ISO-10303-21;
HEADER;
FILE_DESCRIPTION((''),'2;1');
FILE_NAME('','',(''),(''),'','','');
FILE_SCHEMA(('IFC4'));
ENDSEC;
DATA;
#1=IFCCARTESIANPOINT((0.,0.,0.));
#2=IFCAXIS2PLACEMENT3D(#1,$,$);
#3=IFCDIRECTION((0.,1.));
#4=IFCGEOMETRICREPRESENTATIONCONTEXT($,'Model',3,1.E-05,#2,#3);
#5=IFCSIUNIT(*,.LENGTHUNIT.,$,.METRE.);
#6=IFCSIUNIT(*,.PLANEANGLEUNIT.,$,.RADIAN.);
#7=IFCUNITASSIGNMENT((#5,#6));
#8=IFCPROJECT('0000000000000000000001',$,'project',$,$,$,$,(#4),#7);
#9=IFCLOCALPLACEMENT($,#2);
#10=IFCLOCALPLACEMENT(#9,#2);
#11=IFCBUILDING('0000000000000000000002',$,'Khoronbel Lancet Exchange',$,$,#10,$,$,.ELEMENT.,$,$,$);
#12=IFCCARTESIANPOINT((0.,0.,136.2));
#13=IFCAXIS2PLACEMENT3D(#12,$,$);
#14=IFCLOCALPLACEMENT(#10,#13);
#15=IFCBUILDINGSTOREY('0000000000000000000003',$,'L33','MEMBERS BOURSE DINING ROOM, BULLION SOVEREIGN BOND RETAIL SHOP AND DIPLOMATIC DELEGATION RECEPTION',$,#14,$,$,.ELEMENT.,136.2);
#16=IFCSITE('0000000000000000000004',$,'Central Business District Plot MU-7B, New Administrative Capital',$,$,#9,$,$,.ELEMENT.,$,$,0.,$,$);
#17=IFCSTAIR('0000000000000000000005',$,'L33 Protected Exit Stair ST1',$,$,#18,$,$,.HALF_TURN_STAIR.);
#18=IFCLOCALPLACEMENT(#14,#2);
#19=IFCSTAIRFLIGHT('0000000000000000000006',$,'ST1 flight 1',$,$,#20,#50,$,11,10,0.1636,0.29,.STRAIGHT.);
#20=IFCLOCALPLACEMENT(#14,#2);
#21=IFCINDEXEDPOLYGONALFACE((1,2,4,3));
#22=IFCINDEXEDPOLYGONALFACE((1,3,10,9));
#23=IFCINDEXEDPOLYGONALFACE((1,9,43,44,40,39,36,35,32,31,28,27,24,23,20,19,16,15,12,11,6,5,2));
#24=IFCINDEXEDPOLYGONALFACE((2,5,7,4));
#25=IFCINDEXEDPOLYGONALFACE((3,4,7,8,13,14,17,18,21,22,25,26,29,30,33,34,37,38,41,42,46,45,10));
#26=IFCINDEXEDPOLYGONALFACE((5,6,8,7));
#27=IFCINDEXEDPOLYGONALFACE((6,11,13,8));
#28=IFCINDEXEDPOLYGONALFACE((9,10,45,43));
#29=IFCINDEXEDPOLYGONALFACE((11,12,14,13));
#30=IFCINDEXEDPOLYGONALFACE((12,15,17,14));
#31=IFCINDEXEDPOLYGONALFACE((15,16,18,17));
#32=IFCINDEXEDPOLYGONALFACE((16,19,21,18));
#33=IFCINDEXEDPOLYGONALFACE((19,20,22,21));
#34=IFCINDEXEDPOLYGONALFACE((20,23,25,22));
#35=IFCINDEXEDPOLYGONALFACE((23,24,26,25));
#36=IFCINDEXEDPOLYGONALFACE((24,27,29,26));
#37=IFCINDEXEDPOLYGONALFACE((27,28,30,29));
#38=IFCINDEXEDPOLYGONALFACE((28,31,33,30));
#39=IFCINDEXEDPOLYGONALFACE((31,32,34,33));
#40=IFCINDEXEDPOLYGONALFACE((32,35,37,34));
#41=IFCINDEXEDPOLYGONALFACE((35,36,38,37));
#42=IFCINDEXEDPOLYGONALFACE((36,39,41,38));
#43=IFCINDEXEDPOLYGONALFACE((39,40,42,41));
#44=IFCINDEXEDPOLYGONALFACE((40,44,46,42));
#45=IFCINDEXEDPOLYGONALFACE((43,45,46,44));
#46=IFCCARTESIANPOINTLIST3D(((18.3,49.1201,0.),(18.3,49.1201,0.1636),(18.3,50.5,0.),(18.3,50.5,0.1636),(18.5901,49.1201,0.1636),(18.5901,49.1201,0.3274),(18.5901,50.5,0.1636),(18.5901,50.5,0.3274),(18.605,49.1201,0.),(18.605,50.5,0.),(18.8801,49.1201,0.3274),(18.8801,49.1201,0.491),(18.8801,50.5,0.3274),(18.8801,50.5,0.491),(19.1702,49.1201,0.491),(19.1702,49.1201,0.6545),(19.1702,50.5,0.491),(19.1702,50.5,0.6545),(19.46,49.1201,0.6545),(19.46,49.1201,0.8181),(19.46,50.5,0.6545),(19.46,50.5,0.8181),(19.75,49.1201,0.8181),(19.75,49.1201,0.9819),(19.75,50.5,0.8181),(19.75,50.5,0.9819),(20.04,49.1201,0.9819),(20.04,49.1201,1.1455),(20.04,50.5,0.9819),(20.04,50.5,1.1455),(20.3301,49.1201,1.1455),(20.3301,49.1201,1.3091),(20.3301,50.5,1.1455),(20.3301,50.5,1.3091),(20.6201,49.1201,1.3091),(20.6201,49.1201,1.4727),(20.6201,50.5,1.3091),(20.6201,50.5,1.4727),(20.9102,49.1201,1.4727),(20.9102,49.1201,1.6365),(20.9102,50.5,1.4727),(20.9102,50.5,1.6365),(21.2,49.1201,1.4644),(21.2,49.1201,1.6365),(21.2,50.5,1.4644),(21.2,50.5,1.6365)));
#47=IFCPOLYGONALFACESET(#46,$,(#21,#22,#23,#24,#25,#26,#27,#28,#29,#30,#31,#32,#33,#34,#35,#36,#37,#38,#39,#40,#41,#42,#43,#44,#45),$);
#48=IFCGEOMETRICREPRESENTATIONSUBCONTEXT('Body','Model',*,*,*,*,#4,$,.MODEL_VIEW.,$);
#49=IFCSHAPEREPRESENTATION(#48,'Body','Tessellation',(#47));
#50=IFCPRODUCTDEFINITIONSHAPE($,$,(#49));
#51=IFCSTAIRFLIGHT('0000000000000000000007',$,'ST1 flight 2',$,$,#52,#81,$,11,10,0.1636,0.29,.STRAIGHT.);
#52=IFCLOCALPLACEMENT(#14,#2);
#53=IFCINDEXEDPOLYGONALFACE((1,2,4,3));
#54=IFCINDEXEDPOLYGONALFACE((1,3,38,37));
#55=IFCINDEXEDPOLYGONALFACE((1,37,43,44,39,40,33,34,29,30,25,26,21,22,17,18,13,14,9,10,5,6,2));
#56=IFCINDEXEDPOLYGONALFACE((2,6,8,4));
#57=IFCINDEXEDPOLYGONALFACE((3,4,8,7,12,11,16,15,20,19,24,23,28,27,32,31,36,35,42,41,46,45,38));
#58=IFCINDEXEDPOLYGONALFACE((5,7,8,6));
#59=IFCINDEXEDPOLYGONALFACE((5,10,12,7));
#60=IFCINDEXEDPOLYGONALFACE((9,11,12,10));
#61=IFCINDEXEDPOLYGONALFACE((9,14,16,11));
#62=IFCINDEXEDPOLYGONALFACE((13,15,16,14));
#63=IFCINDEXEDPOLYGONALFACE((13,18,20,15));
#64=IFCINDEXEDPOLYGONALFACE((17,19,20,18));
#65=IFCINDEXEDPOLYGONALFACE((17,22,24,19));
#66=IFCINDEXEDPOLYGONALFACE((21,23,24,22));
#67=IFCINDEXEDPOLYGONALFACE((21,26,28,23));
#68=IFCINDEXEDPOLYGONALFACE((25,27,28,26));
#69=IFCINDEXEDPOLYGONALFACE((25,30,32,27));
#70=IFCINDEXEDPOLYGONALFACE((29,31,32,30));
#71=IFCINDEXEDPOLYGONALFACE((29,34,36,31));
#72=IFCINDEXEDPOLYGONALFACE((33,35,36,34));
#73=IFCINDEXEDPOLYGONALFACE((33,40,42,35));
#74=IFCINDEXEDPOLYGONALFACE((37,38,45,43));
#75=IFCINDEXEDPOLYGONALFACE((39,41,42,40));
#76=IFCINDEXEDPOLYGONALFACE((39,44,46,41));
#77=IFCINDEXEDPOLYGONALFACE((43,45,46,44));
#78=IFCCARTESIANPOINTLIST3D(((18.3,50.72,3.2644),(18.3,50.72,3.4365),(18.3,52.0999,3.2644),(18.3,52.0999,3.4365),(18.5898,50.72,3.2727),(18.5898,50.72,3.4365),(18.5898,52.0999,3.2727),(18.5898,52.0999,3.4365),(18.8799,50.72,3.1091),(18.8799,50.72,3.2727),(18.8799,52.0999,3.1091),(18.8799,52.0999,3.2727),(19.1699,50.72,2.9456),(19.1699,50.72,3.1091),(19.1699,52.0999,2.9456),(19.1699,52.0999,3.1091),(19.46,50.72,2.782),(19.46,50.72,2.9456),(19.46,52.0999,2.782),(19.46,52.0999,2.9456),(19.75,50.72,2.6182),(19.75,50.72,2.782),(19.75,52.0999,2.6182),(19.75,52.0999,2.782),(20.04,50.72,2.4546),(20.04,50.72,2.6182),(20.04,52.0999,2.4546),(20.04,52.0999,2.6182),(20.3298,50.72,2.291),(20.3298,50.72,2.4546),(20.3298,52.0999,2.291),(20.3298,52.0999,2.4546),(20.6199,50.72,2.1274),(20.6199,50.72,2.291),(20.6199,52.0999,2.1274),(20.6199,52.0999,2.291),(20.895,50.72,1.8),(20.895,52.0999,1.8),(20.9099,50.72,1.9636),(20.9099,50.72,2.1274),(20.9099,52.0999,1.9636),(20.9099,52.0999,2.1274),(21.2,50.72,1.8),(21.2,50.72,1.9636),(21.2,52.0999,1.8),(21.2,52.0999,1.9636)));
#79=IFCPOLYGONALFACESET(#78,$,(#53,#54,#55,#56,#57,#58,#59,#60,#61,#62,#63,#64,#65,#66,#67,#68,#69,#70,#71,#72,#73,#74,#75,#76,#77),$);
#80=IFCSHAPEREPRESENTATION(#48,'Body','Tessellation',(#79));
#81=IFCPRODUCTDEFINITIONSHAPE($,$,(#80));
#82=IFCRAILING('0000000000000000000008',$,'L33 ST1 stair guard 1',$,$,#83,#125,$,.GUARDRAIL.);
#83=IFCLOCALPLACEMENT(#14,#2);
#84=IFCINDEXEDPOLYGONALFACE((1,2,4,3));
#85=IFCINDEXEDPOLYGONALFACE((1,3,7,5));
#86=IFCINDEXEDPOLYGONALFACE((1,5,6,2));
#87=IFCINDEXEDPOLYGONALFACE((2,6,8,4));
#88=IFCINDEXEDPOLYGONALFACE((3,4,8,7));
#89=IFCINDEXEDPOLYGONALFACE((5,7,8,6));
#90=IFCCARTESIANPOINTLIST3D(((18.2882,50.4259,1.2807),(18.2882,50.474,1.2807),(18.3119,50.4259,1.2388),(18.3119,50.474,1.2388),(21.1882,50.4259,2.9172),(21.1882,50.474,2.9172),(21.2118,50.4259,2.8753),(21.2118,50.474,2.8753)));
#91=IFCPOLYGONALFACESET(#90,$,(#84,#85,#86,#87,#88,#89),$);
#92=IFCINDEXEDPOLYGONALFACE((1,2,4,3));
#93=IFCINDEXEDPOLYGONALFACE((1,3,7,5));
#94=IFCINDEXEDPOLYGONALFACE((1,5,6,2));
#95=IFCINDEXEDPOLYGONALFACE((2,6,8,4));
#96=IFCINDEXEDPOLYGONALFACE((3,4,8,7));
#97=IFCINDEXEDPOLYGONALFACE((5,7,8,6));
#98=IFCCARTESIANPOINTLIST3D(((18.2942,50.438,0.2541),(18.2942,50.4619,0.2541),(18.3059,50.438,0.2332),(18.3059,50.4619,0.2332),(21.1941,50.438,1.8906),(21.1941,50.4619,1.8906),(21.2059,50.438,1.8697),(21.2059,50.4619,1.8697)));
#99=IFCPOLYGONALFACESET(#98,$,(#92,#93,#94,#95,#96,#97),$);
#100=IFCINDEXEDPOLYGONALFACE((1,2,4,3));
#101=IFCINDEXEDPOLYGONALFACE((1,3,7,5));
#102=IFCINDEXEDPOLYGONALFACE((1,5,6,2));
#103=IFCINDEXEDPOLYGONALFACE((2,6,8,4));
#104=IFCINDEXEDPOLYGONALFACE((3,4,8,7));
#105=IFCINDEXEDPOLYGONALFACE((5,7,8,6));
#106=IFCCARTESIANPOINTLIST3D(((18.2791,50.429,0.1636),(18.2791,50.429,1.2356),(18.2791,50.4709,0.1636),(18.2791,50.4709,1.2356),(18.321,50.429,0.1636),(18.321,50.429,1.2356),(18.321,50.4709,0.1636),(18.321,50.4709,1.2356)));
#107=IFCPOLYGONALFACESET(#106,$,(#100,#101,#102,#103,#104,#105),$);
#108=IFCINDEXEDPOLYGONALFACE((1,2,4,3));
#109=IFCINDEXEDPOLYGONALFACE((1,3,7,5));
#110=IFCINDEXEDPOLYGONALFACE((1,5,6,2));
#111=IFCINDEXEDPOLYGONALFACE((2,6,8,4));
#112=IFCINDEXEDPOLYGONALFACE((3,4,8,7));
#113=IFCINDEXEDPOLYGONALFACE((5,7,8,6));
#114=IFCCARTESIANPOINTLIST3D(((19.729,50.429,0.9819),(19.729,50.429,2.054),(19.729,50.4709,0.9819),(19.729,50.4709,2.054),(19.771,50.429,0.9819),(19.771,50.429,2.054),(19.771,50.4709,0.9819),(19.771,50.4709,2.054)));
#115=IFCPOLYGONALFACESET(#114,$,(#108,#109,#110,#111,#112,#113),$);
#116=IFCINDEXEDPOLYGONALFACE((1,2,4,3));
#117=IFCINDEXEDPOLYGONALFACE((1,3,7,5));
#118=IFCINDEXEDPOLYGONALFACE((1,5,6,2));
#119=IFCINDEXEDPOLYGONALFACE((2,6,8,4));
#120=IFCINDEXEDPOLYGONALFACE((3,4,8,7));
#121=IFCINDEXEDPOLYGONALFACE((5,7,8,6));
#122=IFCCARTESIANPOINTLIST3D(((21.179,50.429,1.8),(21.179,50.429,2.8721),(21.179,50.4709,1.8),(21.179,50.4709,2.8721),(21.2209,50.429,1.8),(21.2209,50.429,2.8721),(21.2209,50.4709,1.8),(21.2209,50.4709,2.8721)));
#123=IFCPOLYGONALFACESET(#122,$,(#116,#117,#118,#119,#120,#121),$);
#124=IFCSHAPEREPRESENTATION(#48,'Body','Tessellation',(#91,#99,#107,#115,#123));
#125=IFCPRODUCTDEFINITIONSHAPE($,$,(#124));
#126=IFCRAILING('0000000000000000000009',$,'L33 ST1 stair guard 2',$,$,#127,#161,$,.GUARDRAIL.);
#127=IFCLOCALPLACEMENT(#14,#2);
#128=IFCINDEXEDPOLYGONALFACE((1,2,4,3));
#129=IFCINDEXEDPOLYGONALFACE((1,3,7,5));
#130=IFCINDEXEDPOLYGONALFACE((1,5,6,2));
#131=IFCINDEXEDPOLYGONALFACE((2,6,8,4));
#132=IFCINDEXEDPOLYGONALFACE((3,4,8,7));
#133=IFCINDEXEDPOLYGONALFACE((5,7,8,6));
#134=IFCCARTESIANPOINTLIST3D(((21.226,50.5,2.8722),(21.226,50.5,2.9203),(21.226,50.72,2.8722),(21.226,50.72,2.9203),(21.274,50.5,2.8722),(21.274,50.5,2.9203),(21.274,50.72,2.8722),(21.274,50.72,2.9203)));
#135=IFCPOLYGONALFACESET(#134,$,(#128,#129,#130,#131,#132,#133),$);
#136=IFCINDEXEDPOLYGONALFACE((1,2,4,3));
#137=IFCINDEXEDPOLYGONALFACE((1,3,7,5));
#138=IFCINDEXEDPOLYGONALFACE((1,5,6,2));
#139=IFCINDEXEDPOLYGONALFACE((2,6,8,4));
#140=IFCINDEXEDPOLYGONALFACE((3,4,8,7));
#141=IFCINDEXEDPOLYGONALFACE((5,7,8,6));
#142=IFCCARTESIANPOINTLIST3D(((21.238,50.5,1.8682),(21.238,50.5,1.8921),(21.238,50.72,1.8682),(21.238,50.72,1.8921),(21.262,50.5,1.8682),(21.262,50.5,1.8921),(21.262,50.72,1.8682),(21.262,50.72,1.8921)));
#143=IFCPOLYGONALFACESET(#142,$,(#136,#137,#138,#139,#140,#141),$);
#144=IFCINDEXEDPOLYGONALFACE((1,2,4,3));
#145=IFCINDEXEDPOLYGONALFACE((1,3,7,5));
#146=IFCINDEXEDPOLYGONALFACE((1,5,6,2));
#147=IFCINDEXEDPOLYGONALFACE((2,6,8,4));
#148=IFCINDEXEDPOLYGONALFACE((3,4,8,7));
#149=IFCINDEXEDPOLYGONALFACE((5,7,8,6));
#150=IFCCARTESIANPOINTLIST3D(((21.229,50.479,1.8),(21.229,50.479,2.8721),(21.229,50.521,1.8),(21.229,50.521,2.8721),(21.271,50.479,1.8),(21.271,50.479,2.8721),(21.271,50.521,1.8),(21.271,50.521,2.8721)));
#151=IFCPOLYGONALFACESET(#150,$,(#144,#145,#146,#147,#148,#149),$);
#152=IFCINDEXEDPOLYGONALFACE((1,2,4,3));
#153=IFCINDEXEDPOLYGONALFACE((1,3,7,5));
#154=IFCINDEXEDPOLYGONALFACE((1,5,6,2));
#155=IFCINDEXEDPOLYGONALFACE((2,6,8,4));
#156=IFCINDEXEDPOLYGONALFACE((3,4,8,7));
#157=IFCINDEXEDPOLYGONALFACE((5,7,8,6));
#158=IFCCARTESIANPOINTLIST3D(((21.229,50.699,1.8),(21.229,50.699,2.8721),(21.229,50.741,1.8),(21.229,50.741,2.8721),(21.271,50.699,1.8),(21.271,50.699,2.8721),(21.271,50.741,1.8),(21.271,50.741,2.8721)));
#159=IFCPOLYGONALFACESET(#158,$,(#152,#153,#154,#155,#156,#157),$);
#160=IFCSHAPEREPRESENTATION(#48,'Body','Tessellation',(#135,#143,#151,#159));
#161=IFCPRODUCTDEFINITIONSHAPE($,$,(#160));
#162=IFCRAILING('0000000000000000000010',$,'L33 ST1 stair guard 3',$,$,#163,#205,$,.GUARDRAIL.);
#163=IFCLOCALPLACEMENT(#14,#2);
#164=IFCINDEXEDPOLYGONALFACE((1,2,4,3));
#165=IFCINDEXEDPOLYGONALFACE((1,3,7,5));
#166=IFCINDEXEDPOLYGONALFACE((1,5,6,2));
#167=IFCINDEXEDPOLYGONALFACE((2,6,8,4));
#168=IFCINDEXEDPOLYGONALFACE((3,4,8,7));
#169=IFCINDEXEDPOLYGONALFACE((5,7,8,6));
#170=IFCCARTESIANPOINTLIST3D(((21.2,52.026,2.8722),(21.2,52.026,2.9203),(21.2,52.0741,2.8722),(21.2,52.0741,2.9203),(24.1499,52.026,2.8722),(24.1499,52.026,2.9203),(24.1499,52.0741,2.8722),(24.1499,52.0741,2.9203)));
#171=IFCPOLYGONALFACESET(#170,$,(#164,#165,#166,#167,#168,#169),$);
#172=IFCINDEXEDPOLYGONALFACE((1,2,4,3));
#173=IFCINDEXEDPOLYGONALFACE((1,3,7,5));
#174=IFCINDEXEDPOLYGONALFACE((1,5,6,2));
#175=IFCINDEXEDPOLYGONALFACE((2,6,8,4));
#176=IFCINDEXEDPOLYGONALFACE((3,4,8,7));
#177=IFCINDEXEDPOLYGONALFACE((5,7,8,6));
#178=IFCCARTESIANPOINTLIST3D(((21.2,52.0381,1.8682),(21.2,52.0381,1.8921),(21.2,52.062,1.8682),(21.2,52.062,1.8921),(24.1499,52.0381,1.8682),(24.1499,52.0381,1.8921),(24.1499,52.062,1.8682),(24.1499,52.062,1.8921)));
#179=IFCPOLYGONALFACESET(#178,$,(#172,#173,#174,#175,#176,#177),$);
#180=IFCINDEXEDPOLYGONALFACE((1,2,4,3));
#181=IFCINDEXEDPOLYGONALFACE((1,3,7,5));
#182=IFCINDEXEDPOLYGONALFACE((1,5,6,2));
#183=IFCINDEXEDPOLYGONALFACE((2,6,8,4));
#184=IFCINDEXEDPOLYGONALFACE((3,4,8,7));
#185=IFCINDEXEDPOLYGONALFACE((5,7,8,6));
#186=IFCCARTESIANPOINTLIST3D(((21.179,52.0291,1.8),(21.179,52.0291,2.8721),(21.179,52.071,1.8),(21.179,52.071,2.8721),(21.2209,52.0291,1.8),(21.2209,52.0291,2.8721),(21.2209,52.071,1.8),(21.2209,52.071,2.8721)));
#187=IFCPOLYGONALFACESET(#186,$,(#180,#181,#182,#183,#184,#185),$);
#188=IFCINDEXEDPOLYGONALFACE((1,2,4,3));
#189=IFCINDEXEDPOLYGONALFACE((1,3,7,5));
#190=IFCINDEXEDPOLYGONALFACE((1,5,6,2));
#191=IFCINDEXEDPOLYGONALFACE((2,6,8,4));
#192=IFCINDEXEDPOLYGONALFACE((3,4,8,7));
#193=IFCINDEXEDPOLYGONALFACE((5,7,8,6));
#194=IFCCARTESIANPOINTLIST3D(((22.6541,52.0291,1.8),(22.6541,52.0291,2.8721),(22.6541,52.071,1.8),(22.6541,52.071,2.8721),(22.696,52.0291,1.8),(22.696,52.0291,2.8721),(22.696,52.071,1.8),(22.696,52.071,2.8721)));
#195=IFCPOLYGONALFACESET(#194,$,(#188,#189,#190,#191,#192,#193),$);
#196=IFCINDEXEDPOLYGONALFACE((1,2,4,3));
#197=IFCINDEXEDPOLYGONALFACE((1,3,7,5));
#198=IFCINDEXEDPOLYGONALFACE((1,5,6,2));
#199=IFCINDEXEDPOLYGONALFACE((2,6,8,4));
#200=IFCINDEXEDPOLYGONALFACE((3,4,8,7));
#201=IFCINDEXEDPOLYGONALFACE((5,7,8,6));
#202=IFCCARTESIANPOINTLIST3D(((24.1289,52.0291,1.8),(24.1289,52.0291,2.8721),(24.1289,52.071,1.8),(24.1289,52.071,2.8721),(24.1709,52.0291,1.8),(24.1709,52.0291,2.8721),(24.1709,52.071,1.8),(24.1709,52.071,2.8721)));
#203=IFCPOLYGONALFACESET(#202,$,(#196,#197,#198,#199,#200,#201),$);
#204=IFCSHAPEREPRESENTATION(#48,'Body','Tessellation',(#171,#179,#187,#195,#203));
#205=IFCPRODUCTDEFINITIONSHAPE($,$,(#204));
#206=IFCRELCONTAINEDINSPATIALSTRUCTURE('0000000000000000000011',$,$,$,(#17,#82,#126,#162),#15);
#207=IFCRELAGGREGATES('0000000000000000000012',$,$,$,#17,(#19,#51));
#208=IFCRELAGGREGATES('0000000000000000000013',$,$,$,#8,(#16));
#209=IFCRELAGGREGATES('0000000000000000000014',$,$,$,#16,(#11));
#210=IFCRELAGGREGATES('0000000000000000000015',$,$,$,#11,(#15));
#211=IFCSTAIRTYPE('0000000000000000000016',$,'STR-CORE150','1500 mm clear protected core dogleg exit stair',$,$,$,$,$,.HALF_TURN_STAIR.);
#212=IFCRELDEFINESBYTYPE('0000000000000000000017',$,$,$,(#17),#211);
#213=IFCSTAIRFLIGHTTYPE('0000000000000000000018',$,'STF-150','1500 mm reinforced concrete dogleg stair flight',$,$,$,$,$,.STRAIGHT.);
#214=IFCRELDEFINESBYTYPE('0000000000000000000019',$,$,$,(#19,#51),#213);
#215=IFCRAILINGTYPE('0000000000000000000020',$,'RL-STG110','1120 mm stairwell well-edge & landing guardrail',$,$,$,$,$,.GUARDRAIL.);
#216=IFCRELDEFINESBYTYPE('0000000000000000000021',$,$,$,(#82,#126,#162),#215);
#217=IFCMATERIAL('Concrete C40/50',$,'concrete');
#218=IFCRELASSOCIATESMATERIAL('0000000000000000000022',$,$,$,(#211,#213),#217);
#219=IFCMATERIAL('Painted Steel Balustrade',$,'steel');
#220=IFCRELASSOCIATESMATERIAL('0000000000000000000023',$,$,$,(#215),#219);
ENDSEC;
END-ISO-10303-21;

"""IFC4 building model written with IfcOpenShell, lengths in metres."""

from ifc_helpers import new_model, si_unit, direction, frame, origin, origin_2d, place, context, subcontext, project, spatial, polyline, rectangle, outline, extrude, material, type_object, element, aggregate, save


model = new_model("IFC4")

# Units and contexts
model_context = context("Model", 3, precision=1e-05, world=origin(), true_north=direction((0.0, 1.0)))
body_context = subcontext(model_context, "Body", "Model", "MODEL_VIEW")
ifc_project = project(units=[si_unit("LENGTHUNIT", "METRE"), si_unit("PLANEANGLEUNIT", "RADIAN")], contexts=[model_context])

# Site, building, storey
site_placement = place(None, origin())
site = spatial("IfcSite", under=ifc_project, at=site_placement, Name="Central Business District Plot MU-7B, New Administrative Capital", CompositionType="ELEMENT", RefElevation=0.0)
building_placement = place(site_placement, origin())
building = spatial("IfcBuilding", under=site, at=building_placement, Name="Khoronbel Lancet Exchange", CompositionType="ELEMENT")
storey_placement = place(building_placement, frame((0.0, 0.0, 136.2)))
storey = spatial("IfcBuildingStorey", under=building, at=storey_placement, Name="L33", Description="MEMBERS BOURSE DINING ROOM, BULLION SOVEREIGN BOND RETAIL SHOP AND DIPLOMATIC DELEGATION RECEPTION", CompositionType="ELEMENT", Elevation=136.2)

# Stair, stair flights
ifc_material_1 = material(Name="Concrete C40/50", Category="concrete")
stair_type = type_object("IfcStairType", Name="STR-CORE150", Description="1500 mm clear protected core dogleg exit stair", PredefinedType="HALF_TURN_STAIR", material=ifc_material_1)
stair_placement = place(storey_placement, origin())
stair = element("IfcStair", 1, at=stair_placement, inside=storey, type_object=stair_type, Name="L33 Protected Exit Stair ST1", PredefinedType="HALF_TURN_STAIR")
stair_flight_type = type_object("IfcStairFlightType", Name="STF-150", Description="1500 mm reinforced concrete dogleg stair flight", PredefinedType="STRAIGHT", material=ifc_material_1)
stair_flight_1_placement = place(storey_placement, frame((18.3, 49.8101, 0.0), z_axis=(0.0, 0.0, 1.0), x_axis=(1.0, 0.0, 0.0)))
stair_flight_1 = element("IfcStairFlight", 2, at=stair_flight_1_placement, type_object=stair_flight_type, Name="ST1 flight 1", NumberOfRisers=11, NumberOfTreads=10, PredefinedType="STRAIGHT", RiserHeight=0.1636, TreadLength=0.29, context=body_context, shape_type="SweptSolid", body=[
    extrude(outline(polyline([(0.0, 0.0), (0.0, 0.1636), (0.29, 0.1636), (0.29, 0.3274), (0.5801, 0.3274), (0.5801, 0.491), (0.8701, 0.491), (0.8701, 0.6545), (1.1599, 0.6545), (1.1599, 0.8181), (1.45, 0.8181), (1.45, 0.9819), (1.74, 0.9819), (1.74, 1.1455), (2.03, 1.1455), (2.03, 1.3091), (2.3201, 1.3091), (2.3201, 1.4727), (2.6101, 1.4727), (2.6101, 1.6365), (2.8999, 1.6365), (2.8999, 1.8), (2.8999, 1.4644), (0.3049, 0.0), (0.0, 0.0)])), frame((0.0, 0.6899, 0.0), z_axis=(0.0, -1.0, 0.0), x_axis=(1.0, 0.0, 0.0)), (0.0, 0.0, 1.0), 1.3799),
])
stair_flight_2_placement = place(storey_placement, frame((21.2, 51.4099, 1.8), z_axis=(0.0, 0.0, 1.0), x_axis=(-1.0, 0.0, 0.0)))
stair_flight_2 = element("IfcStairFlight", 3, at=stair_flight_2_placement, type_object=stair_flight_type, Name="ST1 flight 2", NumberOfRisers=11, NumberOfTreads=10, PredefinedType="STRAIGHT", RiserHeight=0.1636, TreadLength=0.29, context=body_context, shape_type="SweptSolid", body=[
    extrude(outline(polyline([(0.0, 0.0), (0.0, 0.1636), (0.29, 0.1636), (0.29, 0.3274), (0.5801, 0.3274), (0.5801, 0.491), (0.8701, 0.491), (0.8701, 0.6545), (1.1599, 0.6545), (1.1599, 0.8181), (1.45, 0.8181), (1.45, 0.9819), (1.74, 0.9819), (1.74, 1.1455), (2.03, 1.1455), (2.03, 1.3091), (2.3201, 1.3091), (2.3201, 1.4727), (2.6101, 1.4727), (2.6101, 1.6365), (2.8999, 1.6365), (2.8999, 1.8), (2.8999, 1.4644), (0.3049, 0.0), (0.0, 0.0)])), frame((0.0, 0.6899, 0.0), z_axis=(0.0, -1.0, 0.0), x_axis=(1.0, 0.0, 0.0)), (0.0, 0.0, 1.0), 1.3799),
])
aggregate(stair, [stair_flight_1, stair_flight_2])

# Railings
ifc_material_2 = material(Name="Painted Steel Balustrade", Category="steel")
railing_type_1 = type_object("IfcRailingType", Name="RL-STG110", Description="1120 mm stairwell well-edge & landing guardrail", PredefinedType="GUARDRAIL", material=ifc_material_2)
railing_1_placement = place(storey_placement, frame((18.3, 50.45, 0.1636)))
element("IfcRailing", 4, at=railing_1_placement, inside=storey, type_object=railing_type_1, Name="L33 ST1 stair guard 1", PredefinedType="GUARDRAIL", context=body_context, shape_type="SweptSolid", body=[
    extrude(rectangle(XDim=0.0481, YDim=0.0481, at=origin_2d()), frame((0.0, 0.0, 1.0962), z_axis=(0.870897, 0.0, 0.491465), x_axis=(0.0, 1.0, 0.0)), (0.0, 0.0, 1.0), 3.3298),
    extrude(rectangle(XDim=0.0239, YDim=0.0239, at=origin_2d()), frame((0.0, 0.0, 0.0801), z_axis=(0.870897, 0.0, 0.491465), x_axis=(0.0, 1.0, 0.0)), (0.0, 0.0, 1.0), 3.3298),
    extrude(rectangle(XDim=0.042, YDim=0.042, at=origin_2d()), origin(), (0.0, 0.0, 1.0), 1.072),
    extrude(rectangle(XDim=0.042, YDim=0.042, at=origin_2d()), frame((1.45, 0.0, 0.8184)), (0.0, 0.0, 1.0), 1.072),
    extrude(rectangle(XDim=0.042, YDim=0.042, at=origin_2d()), frame((2.8999, 0.0, 1.6365)), (0.0, 0.0, 1.0), 1.072),
])
railing_2_placement = place(storey_placement, frame((21.25, 50.5, 1.8)))
element("IfcRailing", 5, at=railing_2_placement, inside=storey, type_object=railing_type_1, Name="L33 ST1 stair guard 2", PredefinedType="GUARDRAIL", context=body_context, shape_type="SweptSolid", body=[
    extrude(rectangle(XDim=0.0481, YDim=0.0481, at=origin_2d()), frame((0.0, 0.0, 1.0962), z_axis=(0.0, 1.0, 0.0), x_axis=(-1.0, 0.0, 0.0)), (0.0, 0.0, 1.0), 0.22),
    extrude(rectangle(XDim=0.0239, YDim=0.0239, at=origin_2d()), frame((0.0, 0.0, 0.0801), z_axis=(0.0, 1.0, 0.0), x_axis=(-1.0, 0.0, 0.0)), (0.0, 0.0, 1.0), 0.22),
    extrude(rectangle(XDim=0.042, YDim=0.042, at=origin_2d()), origin(), (0.0, 0.0, 1.0), 1.072),
    extrude(rectangle(XDim=0.042, YDim=0.042, at=origin_2d()), frame((0.0, 0.22, 0.0)), (0.0, 0.0, 1.0), 1.072),
])
railing_3_placement = place(storey_placement, frame((21.2, 52.05, 1.8)))
element("IfcRailing", 6, at=railing_3_placement, inside=storey, type_object=railing_type_1, Name="L33 ST1 stair guard 3", PredefinedType="GUARDRAIL", context=body_context, shape_type="SweptSolid", body=[
    extrude(rectangle(XDim=0.0481, YDim=0.0481, at=origin_2d()), frame((0.0, 0.0, 1.0962), z_axis=(1.0, 0.0, 0.0), x_axis=(0.0, 1.0, 0.0)), (0.0, 0.0, 1.0), 2.95),
    extrude(rectangle(XDim=0.0239, YDim=0.0239, at=origin_2d()), frame((0.0, 0.0, 0.0801), z_axis=(1.0, 0.0, 0.0), x_axis=(0.0, 1.0, 0.0)), (0.0, 0.0, 1.0), 2.95),
    extrude(rectangle(XDim=0.042, YDim=0.042, at=origin_2d()), origin(), (0.0, 0.0, 1.0), 1.072),
    extrude(rectangle(XDim=0.042, YDim=0.042, at=origin_2d()), frame((1.4751, 0.0, 0.0)), (0.0, 0.0, 1.0), 1.072),
    extrude(rectangle(XDim=0.042, YDim=0.042, at=origin_2d()), frame((2.95, 0.0, 0.0)), (0.0, 0.0, 1.0), 1.072),
])

save(model, "model.ifc")
